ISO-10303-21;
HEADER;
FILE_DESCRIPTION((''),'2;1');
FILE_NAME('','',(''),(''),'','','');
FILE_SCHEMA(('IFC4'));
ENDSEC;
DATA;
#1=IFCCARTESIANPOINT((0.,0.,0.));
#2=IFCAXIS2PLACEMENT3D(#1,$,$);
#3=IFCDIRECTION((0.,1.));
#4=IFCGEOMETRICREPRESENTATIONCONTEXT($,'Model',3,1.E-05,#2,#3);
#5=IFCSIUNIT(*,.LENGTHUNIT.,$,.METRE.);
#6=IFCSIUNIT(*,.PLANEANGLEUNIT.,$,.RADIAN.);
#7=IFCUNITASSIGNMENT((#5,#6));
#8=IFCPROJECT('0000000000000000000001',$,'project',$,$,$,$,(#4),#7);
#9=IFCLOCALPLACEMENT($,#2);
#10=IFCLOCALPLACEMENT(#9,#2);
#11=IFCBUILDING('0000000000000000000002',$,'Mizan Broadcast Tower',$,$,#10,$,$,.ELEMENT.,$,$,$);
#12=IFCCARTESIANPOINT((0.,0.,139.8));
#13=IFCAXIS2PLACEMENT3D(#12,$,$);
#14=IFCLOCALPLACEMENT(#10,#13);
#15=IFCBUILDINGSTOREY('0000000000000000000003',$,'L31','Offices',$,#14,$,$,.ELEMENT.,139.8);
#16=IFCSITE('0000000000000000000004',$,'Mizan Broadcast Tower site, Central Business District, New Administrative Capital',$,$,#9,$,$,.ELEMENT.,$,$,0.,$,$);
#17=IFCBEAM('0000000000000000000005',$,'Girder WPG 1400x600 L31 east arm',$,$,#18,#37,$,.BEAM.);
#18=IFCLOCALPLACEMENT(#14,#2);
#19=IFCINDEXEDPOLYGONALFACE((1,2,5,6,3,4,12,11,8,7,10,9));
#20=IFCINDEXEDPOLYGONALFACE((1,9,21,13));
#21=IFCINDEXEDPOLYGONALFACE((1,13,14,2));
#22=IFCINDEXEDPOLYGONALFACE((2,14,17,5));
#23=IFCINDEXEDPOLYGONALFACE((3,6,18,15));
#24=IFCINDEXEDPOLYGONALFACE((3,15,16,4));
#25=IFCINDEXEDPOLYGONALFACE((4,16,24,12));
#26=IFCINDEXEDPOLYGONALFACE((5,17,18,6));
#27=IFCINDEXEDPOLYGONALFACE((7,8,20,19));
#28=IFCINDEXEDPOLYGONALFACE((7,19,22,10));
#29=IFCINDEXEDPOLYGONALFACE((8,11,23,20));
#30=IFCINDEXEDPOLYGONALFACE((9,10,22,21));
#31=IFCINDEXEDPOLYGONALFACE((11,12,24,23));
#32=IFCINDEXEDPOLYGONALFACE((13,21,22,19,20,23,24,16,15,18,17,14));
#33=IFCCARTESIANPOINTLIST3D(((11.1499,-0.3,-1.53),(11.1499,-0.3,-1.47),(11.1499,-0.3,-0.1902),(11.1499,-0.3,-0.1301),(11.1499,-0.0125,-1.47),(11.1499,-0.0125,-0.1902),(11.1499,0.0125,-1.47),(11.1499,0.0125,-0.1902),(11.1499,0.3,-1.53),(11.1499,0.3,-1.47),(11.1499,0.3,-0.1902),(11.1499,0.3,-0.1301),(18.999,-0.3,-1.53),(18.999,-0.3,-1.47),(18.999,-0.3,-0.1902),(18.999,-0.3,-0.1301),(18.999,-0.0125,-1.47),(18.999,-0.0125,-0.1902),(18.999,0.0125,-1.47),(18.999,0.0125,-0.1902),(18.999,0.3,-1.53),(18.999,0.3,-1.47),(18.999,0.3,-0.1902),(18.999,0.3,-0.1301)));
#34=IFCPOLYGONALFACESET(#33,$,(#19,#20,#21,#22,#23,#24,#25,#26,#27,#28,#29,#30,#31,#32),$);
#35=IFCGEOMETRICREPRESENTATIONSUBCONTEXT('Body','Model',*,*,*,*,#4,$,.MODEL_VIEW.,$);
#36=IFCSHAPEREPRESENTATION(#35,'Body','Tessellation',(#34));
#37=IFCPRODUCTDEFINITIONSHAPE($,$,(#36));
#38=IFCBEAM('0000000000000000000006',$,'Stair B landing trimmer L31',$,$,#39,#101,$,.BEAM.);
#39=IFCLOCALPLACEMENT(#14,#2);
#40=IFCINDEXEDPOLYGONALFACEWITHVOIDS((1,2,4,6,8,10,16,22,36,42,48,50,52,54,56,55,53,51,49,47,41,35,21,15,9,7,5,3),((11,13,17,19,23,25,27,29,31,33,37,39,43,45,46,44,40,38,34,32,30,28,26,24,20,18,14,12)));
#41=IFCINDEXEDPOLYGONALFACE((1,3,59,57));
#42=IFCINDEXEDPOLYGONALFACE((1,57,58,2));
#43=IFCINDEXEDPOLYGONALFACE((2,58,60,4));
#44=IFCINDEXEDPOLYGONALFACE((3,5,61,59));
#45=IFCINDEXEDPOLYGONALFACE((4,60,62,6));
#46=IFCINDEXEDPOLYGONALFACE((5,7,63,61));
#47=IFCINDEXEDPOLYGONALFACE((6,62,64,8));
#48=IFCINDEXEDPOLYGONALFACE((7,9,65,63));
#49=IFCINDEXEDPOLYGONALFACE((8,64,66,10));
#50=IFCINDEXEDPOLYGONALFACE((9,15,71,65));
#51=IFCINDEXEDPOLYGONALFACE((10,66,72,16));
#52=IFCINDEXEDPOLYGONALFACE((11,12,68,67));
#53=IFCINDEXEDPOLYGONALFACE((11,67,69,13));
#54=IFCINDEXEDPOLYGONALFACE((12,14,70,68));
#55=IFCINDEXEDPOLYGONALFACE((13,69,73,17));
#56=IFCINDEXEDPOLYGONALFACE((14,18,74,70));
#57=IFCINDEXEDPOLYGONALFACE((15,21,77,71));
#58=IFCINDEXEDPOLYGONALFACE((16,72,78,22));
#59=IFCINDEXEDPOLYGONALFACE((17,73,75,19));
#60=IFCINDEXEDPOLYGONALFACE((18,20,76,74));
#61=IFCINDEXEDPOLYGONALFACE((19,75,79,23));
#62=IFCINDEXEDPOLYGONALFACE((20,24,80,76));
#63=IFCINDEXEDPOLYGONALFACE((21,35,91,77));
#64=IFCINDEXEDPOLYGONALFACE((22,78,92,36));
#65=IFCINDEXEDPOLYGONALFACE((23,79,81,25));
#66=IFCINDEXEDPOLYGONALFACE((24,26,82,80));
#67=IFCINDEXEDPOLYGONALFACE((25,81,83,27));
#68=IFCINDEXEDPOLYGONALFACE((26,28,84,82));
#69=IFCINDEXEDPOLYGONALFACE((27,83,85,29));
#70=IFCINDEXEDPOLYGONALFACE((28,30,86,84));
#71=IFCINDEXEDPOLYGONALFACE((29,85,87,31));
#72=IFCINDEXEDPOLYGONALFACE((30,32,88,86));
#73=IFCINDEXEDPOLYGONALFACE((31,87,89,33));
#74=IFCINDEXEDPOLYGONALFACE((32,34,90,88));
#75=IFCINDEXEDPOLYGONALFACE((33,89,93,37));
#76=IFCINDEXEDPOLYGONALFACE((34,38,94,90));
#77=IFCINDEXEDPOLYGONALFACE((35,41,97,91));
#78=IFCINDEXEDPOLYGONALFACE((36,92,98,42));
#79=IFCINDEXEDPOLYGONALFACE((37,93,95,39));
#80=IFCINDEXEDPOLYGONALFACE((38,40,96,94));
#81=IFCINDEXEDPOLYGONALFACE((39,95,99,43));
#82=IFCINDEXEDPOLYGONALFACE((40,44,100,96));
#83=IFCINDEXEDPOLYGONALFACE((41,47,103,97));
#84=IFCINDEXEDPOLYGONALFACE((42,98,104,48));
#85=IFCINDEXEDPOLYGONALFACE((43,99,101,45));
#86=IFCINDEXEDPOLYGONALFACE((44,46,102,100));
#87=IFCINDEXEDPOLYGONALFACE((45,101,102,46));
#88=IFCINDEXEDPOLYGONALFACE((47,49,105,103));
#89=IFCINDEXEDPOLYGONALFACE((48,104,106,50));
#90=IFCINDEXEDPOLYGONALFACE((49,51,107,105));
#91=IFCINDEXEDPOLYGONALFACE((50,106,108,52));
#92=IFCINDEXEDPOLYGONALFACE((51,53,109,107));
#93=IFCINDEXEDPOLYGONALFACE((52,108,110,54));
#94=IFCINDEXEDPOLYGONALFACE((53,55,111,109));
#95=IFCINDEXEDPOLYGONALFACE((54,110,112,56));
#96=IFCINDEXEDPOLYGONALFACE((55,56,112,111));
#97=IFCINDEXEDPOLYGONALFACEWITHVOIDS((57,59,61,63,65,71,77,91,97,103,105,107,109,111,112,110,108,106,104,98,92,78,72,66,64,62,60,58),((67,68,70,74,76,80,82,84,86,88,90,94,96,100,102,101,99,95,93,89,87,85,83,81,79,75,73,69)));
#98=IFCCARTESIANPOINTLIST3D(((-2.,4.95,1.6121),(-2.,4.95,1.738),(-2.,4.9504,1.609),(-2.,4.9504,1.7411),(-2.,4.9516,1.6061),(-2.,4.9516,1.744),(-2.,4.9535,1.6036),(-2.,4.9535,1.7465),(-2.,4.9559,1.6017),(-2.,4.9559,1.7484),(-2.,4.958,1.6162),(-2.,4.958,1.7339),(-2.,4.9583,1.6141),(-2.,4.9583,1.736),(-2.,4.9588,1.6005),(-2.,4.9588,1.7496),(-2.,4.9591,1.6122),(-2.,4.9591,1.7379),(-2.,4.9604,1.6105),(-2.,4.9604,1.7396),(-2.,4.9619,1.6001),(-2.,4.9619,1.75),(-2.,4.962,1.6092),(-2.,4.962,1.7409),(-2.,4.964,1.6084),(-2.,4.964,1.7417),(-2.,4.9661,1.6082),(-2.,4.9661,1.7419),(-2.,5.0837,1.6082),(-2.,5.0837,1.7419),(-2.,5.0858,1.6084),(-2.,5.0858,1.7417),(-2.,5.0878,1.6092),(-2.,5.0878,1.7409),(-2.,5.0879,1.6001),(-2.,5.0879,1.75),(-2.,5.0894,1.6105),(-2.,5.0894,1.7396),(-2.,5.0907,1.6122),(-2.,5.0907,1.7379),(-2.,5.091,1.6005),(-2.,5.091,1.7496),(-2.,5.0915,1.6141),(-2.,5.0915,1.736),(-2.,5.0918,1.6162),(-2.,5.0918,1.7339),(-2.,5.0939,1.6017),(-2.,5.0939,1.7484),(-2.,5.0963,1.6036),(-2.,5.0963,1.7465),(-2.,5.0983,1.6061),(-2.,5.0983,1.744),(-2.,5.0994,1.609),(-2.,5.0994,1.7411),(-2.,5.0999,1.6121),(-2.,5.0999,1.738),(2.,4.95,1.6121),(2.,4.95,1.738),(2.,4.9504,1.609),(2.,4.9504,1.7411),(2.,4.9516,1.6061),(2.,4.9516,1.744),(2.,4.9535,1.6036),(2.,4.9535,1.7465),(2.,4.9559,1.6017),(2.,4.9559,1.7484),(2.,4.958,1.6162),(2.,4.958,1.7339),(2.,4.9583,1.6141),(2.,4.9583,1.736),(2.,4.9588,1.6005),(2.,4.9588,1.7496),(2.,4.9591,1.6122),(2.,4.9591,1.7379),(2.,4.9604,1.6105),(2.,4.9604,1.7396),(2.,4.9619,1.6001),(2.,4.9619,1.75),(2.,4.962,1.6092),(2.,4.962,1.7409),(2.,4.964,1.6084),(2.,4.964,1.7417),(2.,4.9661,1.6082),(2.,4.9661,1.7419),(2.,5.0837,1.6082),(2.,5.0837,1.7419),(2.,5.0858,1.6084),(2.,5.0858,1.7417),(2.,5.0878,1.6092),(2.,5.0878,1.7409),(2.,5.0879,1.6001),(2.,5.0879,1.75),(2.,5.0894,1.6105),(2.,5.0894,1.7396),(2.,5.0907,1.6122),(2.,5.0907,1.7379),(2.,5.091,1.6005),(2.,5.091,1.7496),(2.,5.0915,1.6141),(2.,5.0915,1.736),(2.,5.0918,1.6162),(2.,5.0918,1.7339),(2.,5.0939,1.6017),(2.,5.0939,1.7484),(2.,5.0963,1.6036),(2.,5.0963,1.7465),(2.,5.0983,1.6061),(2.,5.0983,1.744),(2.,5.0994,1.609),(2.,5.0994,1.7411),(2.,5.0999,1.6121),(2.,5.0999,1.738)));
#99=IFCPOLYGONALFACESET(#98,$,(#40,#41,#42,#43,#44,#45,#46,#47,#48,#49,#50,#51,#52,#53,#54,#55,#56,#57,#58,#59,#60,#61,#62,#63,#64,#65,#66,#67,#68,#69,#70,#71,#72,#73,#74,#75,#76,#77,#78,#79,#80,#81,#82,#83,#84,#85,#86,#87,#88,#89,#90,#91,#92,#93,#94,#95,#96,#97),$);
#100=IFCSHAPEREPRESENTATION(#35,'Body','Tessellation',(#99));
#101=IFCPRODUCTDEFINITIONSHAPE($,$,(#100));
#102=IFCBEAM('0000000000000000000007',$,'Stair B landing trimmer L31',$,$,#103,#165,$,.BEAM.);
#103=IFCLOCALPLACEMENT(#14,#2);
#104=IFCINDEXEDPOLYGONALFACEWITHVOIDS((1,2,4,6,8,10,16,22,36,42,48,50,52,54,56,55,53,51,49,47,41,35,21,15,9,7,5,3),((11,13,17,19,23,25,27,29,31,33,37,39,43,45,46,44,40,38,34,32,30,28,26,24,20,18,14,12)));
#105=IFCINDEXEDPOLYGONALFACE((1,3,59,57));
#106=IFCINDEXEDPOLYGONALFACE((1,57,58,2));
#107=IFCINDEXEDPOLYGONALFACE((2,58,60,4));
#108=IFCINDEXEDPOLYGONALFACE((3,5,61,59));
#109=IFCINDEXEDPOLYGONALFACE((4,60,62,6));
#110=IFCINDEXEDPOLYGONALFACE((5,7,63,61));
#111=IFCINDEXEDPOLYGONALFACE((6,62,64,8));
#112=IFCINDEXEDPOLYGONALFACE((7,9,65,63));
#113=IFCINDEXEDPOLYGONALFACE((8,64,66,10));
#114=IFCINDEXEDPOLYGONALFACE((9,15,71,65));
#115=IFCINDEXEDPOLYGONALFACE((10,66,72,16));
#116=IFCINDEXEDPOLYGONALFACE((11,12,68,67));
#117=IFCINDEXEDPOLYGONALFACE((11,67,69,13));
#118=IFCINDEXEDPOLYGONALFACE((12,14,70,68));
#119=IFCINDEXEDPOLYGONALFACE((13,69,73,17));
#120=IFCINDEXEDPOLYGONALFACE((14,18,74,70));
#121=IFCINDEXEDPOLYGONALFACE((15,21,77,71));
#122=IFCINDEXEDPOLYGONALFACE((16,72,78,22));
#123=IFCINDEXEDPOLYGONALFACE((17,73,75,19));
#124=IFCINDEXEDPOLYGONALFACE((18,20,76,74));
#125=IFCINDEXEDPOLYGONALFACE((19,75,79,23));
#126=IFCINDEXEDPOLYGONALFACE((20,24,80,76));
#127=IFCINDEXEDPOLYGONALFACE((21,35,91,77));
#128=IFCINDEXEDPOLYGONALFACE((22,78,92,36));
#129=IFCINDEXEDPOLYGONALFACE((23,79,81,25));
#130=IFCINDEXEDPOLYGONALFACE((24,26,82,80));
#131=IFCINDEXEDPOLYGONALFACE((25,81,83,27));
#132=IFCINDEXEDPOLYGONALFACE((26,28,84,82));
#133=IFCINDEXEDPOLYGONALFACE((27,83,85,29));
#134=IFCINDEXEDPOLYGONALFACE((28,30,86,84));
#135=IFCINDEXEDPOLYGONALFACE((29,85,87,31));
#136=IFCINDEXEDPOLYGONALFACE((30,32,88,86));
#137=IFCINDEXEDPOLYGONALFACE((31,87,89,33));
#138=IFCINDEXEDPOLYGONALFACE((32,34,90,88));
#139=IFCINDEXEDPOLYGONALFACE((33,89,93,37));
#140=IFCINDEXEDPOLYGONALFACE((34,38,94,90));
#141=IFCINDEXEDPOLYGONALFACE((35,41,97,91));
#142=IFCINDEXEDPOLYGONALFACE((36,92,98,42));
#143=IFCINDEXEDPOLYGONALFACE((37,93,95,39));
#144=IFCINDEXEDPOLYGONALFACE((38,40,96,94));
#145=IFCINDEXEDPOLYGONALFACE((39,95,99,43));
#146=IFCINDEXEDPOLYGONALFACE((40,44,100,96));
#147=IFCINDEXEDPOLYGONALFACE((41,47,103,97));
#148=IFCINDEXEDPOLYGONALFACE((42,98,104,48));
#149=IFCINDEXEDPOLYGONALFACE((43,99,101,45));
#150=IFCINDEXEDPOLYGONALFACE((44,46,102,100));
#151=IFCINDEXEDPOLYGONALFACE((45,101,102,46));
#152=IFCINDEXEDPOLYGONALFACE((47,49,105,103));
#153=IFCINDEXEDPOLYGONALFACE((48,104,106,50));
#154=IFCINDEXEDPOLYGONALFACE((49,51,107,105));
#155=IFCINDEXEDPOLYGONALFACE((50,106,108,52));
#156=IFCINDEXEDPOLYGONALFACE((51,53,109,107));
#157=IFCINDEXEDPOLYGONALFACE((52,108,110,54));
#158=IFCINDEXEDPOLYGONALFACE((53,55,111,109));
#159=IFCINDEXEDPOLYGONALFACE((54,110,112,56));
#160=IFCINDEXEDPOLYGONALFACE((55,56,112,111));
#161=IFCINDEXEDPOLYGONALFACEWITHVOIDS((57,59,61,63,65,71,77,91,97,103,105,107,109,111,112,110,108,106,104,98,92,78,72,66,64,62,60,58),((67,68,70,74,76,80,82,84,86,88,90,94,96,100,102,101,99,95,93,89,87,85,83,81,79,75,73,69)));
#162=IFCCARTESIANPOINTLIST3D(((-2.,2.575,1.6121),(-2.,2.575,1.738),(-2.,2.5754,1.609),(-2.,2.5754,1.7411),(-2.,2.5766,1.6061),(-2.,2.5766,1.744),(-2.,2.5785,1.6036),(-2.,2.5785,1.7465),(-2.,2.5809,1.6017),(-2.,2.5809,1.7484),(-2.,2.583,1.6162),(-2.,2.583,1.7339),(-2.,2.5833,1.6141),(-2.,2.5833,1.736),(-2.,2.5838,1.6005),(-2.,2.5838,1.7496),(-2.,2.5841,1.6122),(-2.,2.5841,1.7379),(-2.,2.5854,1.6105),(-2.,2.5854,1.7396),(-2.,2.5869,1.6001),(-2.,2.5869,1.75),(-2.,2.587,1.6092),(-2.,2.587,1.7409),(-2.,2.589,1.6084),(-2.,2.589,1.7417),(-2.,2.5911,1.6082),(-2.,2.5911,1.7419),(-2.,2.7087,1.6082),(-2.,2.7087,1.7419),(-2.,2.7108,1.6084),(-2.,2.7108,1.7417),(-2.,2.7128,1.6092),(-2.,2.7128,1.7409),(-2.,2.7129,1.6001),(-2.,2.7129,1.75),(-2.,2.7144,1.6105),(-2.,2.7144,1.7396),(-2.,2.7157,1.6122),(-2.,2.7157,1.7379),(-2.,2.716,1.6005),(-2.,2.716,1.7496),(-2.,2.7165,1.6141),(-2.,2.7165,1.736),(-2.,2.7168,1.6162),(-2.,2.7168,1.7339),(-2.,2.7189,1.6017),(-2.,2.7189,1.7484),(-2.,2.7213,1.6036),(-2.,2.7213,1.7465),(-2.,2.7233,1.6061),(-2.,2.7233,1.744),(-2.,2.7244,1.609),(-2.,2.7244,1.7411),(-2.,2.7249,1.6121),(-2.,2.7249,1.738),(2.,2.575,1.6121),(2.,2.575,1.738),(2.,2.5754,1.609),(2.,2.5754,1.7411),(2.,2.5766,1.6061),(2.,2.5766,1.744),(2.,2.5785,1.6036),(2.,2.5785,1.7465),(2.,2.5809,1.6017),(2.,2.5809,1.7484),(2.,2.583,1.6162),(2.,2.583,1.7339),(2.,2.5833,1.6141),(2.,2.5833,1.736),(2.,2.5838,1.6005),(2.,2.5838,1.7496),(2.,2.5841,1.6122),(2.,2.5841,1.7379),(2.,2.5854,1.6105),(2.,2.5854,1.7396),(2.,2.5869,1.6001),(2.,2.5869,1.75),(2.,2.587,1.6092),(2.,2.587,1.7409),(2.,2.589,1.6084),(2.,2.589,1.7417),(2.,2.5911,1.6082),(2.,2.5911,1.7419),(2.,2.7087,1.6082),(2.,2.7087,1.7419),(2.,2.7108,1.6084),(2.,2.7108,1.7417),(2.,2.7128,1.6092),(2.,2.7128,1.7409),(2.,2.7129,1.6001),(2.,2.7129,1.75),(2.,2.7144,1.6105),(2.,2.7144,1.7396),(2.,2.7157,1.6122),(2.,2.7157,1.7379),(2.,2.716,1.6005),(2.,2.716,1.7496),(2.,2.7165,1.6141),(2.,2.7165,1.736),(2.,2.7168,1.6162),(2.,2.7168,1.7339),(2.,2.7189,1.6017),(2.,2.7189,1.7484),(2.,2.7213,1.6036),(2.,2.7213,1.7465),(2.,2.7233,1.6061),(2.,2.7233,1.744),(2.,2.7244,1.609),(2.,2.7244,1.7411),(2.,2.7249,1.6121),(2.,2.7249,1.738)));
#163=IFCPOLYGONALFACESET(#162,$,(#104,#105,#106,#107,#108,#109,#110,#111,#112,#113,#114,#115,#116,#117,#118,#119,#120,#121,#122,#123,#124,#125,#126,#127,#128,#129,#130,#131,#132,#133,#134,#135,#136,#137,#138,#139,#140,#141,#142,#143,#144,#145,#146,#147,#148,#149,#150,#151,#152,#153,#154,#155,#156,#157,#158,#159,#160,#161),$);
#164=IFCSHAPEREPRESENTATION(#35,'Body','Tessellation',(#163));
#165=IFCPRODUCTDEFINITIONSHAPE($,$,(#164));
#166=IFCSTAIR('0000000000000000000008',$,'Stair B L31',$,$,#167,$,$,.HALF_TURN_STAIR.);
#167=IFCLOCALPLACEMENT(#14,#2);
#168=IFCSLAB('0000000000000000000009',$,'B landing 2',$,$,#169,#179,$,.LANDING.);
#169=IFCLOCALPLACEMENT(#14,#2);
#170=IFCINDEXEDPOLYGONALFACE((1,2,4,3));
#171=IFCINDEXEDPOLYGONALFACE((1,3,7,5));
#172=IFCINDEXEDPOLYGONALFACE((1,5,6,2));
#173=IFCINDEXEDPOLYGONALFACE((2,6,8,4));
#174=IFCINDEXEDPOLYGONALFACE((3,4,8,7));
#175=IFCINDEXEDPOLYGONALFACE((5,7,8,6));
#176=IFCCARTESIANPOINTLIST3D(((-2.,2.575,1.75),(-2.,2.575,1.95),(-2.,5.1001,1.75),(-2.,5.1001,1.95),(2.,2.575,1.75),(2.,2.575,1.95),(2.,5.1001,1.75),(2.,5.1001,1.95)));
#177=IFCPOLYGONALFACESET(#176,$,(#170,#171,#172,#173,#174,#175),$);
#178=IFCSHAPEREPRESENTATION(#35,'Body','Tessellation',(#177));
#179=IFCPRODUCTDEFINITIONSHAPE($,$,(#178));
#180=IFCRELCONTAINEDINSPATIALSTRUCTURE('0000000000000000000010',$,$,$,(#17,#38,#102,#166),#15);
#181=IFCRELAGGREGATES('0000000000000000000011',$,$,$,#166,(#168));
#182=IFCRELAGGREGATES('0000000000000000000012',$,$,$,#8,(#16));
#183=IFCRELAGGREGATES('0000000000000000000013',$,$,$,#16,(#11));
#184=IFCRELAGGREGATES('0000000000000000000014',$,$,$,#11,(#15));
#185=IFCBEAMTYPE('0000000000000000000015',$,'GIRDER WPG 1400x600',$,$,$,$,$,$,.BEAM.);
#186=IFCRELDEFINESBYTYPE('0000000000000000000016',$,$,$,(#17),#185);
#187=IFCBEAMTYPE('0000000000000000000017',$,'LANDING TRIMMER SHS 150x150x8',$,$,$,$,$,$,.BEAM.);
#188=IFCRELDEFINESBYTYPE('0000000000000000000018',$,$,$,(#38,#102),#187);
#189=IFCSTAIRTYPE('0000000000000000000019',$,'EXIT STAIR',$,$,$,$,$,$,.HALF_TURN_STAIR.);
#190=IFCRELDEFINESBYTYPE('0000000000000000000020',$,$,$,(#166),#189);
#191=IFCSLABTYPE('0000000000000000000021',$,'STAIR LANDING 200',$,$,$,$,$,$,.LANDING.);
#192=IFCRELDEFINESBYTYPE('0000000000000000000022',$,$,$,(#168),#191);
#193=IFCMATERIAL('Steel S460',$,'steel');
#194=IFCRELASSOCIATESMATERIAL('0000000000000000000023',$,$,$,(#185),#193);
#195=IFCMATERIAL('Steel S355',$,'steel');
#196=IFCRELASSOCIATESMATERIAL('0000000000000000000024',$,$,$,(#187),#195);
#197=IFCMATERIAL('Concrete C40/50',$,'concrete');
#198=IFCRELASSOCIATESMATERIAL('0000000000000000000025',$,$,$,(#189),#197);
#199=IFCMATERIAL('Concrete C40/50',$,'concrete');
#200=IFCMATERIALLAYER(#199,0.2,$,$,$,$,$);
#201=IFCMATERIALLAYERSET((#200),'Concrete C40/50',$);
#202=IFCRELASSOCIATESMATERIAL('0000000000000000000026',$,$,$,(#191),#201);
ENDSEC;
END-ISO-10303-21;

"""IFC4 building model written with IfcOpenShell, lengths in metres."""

from ifc_helpers import new_model, si_unit, direction, frame, origin, origin_2d, place, context, subcontext, project, spatial, polyline, hollow_rectangle, i_section, outline, extrude, material, layer, layer_set, material_profile, profile_set, type_object, element, aggregate, save


model = new_model("IFC4")

# Units and contexts
model_context = context("Model", 3, precision=1e-05, world=origin(), true_north=direction((0.0, 1.0)))
body_context = subcontext(model_context, "Body", "Model", "MODEL_VIEW")
ifc_project = project(units=[si_unit("LENGTHUNIT", "METRE"), si_unit("PLANEANGLEUNIT", "RADIAN")], contexts=[model_context])

# Site, building, storey
site_placement = place(None, origin())
site = spatial("IfcSite", under=ifc_project, at=site_placement, Name="Mizan Broadcast Tower site, Central Business District, New Administrative Capital", CompositionType="ELEMENT", RefElevation=0.0)
building_placement = place(site_placement, origin())
building = spatial("IfcBuilding", under=site, at=building_placement, Name="Mizan Broadcast Tower", CompositionType="ELEMENT")
storey_placement = place(building_placement, frame((0.0, 0.0, 139.8)))
storey = spatial("IfcBuildingStorey", under=building, at=storey_placement, Name="L31", Description="Offices", CompositionType="ELEMENT", Elevation=139.8)

# Beams
ifc_material_1 = material(Name="Steel S460", Category="steel")
ifc_material_profile_1 = material_profile(ifc_material_1, i_section(OverallWidth=0.6001, OverallDepth=1.3999, WebThickness=0.0249, FlangeThickness=0.0601, at=origin_2d()), Name="WPG 1400x600")
ifc_profile_set_1 = profile_set([ifc_material_profile_1], Name="Steel S460")
beam_type_1 = type_object("IfcBeamType", Name="GIRDER WPG 1400x600", PredefinedType="BEAM", material=ifc_profile_set_1)
beam_placement = place(storey_placement, frame((11.1499, 0.0, -0.8301), z_axis=(1.0, 0.0, 0.0), x_axis=(0.0, 1.0, 0.0)))
element("IfcBeam", 1, at=beam_placement, inside=storey, type_object=beam_type_1, Name="Girder WPG 1400x600 L31 east arm", PredefinedType="BEAM", context=body_context, shape_type="SweptSolid", body=[
    extrude(i_section(OverallWidth=0.6001, OverallDepth=1.3999, WebThickness=0.0249, FlangeThickness=0.0601, at=origin_2d()), origin(), (0.0, 0.0, 1.0), 7.8491),
])
ifc_material_2 = material(Name="Steel S355", Category="steel")
ifc_material_profile_2 = material_profile(ifc_material_2, hollow_rectangle(XDim=0.1499, YDim=0.1499, WallThickness=0.0081, InnerFilletRadius=0.0081, OuterFilletRadius=0.012, at=origin_2d()), Name="SHS 150x150x8")
ifc_profile_set_2 = profile_set([ifc_material_profile_2], Name="Steel S355")
beam_type_2 = type_object("IfcBeamType", Name="LANDING TRIMMER SHS 150x150x8", PredefinedType="BEAM", material=ifc_profile_set_2)
for number, where, z_axis, x_axis, name in (
    (2, (2.0, 5.0249, 1.675), (-1.0, 0.0, 0.0), (0.0, -1.0, 0.0), "Stair B landing trimmer L31"),
    (3, (2.0, 2.6499, 1.675), (-1.0, 0.0, 0.0), (0.0, -1.0, 0.0), "Stair B landing trimmer L31"),
):
    element("IfcBeam", number, at=place(storey_placement, frame(where, z_axis=z_axis, x_axis=x_axis)), inside=storey, type_object=beam_type_2, Name=name, PredefinedType="BEAM", context=body_context, shape_type="SweptSolid", body=[
        extrude(hollow_rectangle(XDim=0.1499, YDim=0.1499, WallThickness=0.0081, InnerFilletRadius=0.0081, OuterFilletRadius=0.012, at=origin_2d()), origin(), (0.0, 0.0, 1.0), 4.0),
    ])

# Stair, slab
ifc_material_3 = material(Name="Concrete C40/50", Category="concrete")
stair_type = type_object("IfcStairType", Name="EXIT STAIR", PredefinedType="HALF_TURN_STAIR", material=ifc_material_3)
stair_placement = place(storey_placement, origin())
stair = element("IfcStair", 4, at=stair_placement, inside=storey, type_object=stair_type, Name="Stair B L31", PredefinedType="HALF_TURN_STAIR")
ifc_material_4 = material(Name="Concrete C40/50", Category="concrete")
ifc_layer_1 = layer(ifc_material_4, 0.2)
ifc_layer_set_1 = layer_set([ifc_layer_1], Name="Concrete C40/50")
slab_type = type_object("IfcSlabType", Name="STAIR LANDING 200", PredefinedType="LANDING", material=ifc_layer_set_1)
slab_placement = place(storey_placement, frame((0.0, 0.0, 1.75)))
slab = element("IfcSlab", 5, at=slab_placement, type_object=slab_type, Name="B landing 2", PredefinedType="LANDING", context=body_context, shape_type="SweptSolid", body=[
    extrude(outline(polyline([(2.0, 5.1001), (2.0, 2.575), (-2.0, 2.575), (-2.0, 5.1001), (2.0, 5.1001)])), origin(), (0.0, 0.0, 1.0), 0.2),
])

aggregate(stair, [slab])

save(model, "model.ifc")
